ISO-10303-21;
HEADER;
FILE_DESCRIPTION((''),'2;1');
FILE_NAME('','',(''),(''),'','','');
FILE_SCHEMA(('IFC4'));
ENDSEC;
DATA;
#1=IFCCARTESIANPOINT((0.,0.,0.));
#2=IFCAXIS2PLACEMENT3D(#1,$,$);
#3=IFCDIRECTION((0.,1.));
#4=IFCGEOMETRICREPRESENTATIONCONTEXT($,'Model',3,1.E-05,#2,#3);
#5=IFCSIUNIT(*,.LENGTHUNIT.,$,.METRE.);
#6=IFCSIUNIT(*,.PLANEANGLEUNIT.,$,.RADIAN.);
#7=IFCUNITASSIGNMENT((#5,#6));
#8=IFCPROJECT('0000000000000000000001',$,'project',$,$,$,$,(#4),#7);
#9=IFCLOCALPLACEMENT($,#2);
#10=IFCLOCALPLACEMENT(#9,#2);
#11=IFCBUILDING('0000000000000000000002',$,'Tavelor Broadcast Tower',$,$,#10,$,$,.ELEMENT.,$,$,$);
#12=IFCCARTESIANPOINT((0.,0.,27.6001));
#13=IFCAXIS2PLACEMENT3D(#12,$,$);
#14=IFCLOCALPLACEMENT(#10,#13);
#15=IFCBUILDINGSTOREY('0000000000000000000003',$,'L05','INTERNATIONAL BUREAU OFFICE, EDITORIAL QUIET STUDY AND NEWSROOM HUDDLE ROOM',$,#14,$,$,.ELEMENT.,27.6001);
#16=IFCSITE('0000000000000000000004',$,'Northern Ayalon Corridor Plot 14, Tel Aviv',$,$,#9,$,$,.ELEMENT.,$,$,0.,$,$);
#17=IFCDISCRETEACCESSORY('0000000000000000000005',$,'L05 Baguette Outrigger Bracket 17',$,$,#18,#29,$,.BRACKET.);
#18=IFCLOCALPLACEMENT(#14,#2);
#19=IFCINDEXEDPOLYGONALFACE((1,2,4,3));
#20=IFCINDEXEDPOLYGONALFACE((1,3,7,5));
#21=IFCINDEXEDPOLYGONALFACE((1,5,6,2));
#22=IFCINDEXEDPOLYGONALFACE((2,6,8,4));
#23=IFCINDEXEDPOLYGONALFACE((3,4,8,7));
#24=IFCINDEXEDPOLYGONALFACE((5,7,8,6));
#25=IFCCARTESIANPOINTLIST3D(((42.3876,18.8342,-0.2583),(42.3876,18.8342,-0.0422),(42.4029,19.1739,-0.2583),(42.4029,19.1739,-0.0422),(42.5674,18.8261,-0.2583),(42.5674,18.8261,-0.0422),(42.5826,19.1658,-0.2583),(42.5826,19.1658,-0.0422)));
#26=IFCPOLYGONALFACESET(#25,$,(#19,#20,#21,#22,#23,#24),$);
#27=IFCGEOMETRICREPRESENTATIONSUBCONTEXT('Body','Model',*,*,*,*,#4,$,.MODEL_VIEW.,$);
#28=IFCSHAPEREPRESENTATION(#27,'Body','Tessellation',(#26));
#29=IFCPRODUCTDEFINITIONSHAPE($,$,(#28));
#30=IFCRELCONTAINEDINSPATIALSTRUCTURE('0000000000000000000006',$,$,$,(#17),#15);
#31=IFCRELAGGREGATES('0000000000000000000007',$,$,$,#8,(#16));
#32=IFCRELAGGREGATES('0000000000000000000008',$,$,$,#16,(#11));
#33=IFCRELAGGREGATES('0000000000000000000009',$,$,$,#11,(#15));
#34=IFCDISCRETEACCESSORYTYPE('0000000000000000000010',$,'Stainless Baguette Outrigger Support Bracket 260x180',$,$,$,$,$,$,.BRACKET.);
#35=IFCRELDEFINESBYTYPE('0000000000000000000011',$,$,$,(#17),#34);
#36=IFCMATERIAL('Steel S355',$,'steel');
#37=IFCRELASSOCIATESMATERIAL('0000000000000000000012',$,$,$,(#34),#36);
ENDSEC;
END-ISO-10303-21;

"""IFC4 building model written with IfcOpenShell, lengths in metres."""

from ifc_helpers import new_model, si_unit, direction, frame, origin, origin_2d, place, context, subcontext, project, spatial, rectangle, extrude, source, transform, mapped, material, type_object, type_shapes, element, save


model = new_model("IFC4")

# Units and contexts
model_context = context("Model", 3, precision=1e-05, world=origin(), true_north=direction((0.0, 1.0)))
body_context = subcontext(model_context, "Body", "Model", "MODEL_VIEW")
ifc_project = project(units=[si_unit("LENGTHUNIT", "METRE"), si_unit("PLANEANGLEUNIT", "RADIAN")], contexts=[model_context])

# Site, building, storey
site_placement = place(None, origin())
site = spatial("IfcSite", under=ifc_project, at=site_placement, Name="Northern Ayalon Corridor Plot 14, Tel Aviv", CompositionType="ELEMENT", RefElevation=0.0)
building_placement = place(site_placement, origin())
building = spatial("IfcBuilding", under=site, at=building_placement, Name="Tavelor Broadcast Tower", CompositionType="ELEMENT")
storey_placement = place(building_placement, frame((0.0, 0.0, 27.6001)))
storey = spatial("IfcBuildingStorey", under=building, at=storey_placement, Name="L05", Description="INTERNATIONAL BUREAU OFFICE, EDITORIAL QUIET STUDY AND NEWSROOM HUDDLE ROOM", CompositionType="ELEMENT", Elevation=27.6001)

# Shared definitions
ifc_material_1 = material(Name="Steel S355", Category="steel")

# Discrete accessory
discrete_accessory_type = type_object("IfcDiscreteAccessoryType", Name="Stainless Baguette Outrigger Support Bracket 260x180", PredefinedType="BRACKET", material=ifc_material_1)
shared_shape_1 = source(origin(), body_context, "Body", "SweptSolid", [
    extrude(rectangle(XDim=0.1799, YDim=0.3401, at=origin_2d()), origin(), (0.0, 0.0, 1.0), 0.2161),
])
type_shapes(discrete_accessory_type, [shared_shape_1])
discrete_accessory_placement = place(storey_placement, frame((42.4851, 19.0, -0.2583), z_axis=(0.0, 0.0, 1.0), x_axis=(0.998994, -0.04484, 0.0)))
element("IfcDiscreteAccessory", 1, at=discrete_accessory_placement, inside=storey, type_object=discrete_accessory_type, Name="L05 Baguette Outrigger Bracket 17", PredefinedType="BRACKET", context=body_context, shape_type="MappedRepresentation", body=[
    mapped(shared_shape_1, transform((0.0, 0.0, 0.0), scale=1.0)),
])

save(model, "model.ifc")
